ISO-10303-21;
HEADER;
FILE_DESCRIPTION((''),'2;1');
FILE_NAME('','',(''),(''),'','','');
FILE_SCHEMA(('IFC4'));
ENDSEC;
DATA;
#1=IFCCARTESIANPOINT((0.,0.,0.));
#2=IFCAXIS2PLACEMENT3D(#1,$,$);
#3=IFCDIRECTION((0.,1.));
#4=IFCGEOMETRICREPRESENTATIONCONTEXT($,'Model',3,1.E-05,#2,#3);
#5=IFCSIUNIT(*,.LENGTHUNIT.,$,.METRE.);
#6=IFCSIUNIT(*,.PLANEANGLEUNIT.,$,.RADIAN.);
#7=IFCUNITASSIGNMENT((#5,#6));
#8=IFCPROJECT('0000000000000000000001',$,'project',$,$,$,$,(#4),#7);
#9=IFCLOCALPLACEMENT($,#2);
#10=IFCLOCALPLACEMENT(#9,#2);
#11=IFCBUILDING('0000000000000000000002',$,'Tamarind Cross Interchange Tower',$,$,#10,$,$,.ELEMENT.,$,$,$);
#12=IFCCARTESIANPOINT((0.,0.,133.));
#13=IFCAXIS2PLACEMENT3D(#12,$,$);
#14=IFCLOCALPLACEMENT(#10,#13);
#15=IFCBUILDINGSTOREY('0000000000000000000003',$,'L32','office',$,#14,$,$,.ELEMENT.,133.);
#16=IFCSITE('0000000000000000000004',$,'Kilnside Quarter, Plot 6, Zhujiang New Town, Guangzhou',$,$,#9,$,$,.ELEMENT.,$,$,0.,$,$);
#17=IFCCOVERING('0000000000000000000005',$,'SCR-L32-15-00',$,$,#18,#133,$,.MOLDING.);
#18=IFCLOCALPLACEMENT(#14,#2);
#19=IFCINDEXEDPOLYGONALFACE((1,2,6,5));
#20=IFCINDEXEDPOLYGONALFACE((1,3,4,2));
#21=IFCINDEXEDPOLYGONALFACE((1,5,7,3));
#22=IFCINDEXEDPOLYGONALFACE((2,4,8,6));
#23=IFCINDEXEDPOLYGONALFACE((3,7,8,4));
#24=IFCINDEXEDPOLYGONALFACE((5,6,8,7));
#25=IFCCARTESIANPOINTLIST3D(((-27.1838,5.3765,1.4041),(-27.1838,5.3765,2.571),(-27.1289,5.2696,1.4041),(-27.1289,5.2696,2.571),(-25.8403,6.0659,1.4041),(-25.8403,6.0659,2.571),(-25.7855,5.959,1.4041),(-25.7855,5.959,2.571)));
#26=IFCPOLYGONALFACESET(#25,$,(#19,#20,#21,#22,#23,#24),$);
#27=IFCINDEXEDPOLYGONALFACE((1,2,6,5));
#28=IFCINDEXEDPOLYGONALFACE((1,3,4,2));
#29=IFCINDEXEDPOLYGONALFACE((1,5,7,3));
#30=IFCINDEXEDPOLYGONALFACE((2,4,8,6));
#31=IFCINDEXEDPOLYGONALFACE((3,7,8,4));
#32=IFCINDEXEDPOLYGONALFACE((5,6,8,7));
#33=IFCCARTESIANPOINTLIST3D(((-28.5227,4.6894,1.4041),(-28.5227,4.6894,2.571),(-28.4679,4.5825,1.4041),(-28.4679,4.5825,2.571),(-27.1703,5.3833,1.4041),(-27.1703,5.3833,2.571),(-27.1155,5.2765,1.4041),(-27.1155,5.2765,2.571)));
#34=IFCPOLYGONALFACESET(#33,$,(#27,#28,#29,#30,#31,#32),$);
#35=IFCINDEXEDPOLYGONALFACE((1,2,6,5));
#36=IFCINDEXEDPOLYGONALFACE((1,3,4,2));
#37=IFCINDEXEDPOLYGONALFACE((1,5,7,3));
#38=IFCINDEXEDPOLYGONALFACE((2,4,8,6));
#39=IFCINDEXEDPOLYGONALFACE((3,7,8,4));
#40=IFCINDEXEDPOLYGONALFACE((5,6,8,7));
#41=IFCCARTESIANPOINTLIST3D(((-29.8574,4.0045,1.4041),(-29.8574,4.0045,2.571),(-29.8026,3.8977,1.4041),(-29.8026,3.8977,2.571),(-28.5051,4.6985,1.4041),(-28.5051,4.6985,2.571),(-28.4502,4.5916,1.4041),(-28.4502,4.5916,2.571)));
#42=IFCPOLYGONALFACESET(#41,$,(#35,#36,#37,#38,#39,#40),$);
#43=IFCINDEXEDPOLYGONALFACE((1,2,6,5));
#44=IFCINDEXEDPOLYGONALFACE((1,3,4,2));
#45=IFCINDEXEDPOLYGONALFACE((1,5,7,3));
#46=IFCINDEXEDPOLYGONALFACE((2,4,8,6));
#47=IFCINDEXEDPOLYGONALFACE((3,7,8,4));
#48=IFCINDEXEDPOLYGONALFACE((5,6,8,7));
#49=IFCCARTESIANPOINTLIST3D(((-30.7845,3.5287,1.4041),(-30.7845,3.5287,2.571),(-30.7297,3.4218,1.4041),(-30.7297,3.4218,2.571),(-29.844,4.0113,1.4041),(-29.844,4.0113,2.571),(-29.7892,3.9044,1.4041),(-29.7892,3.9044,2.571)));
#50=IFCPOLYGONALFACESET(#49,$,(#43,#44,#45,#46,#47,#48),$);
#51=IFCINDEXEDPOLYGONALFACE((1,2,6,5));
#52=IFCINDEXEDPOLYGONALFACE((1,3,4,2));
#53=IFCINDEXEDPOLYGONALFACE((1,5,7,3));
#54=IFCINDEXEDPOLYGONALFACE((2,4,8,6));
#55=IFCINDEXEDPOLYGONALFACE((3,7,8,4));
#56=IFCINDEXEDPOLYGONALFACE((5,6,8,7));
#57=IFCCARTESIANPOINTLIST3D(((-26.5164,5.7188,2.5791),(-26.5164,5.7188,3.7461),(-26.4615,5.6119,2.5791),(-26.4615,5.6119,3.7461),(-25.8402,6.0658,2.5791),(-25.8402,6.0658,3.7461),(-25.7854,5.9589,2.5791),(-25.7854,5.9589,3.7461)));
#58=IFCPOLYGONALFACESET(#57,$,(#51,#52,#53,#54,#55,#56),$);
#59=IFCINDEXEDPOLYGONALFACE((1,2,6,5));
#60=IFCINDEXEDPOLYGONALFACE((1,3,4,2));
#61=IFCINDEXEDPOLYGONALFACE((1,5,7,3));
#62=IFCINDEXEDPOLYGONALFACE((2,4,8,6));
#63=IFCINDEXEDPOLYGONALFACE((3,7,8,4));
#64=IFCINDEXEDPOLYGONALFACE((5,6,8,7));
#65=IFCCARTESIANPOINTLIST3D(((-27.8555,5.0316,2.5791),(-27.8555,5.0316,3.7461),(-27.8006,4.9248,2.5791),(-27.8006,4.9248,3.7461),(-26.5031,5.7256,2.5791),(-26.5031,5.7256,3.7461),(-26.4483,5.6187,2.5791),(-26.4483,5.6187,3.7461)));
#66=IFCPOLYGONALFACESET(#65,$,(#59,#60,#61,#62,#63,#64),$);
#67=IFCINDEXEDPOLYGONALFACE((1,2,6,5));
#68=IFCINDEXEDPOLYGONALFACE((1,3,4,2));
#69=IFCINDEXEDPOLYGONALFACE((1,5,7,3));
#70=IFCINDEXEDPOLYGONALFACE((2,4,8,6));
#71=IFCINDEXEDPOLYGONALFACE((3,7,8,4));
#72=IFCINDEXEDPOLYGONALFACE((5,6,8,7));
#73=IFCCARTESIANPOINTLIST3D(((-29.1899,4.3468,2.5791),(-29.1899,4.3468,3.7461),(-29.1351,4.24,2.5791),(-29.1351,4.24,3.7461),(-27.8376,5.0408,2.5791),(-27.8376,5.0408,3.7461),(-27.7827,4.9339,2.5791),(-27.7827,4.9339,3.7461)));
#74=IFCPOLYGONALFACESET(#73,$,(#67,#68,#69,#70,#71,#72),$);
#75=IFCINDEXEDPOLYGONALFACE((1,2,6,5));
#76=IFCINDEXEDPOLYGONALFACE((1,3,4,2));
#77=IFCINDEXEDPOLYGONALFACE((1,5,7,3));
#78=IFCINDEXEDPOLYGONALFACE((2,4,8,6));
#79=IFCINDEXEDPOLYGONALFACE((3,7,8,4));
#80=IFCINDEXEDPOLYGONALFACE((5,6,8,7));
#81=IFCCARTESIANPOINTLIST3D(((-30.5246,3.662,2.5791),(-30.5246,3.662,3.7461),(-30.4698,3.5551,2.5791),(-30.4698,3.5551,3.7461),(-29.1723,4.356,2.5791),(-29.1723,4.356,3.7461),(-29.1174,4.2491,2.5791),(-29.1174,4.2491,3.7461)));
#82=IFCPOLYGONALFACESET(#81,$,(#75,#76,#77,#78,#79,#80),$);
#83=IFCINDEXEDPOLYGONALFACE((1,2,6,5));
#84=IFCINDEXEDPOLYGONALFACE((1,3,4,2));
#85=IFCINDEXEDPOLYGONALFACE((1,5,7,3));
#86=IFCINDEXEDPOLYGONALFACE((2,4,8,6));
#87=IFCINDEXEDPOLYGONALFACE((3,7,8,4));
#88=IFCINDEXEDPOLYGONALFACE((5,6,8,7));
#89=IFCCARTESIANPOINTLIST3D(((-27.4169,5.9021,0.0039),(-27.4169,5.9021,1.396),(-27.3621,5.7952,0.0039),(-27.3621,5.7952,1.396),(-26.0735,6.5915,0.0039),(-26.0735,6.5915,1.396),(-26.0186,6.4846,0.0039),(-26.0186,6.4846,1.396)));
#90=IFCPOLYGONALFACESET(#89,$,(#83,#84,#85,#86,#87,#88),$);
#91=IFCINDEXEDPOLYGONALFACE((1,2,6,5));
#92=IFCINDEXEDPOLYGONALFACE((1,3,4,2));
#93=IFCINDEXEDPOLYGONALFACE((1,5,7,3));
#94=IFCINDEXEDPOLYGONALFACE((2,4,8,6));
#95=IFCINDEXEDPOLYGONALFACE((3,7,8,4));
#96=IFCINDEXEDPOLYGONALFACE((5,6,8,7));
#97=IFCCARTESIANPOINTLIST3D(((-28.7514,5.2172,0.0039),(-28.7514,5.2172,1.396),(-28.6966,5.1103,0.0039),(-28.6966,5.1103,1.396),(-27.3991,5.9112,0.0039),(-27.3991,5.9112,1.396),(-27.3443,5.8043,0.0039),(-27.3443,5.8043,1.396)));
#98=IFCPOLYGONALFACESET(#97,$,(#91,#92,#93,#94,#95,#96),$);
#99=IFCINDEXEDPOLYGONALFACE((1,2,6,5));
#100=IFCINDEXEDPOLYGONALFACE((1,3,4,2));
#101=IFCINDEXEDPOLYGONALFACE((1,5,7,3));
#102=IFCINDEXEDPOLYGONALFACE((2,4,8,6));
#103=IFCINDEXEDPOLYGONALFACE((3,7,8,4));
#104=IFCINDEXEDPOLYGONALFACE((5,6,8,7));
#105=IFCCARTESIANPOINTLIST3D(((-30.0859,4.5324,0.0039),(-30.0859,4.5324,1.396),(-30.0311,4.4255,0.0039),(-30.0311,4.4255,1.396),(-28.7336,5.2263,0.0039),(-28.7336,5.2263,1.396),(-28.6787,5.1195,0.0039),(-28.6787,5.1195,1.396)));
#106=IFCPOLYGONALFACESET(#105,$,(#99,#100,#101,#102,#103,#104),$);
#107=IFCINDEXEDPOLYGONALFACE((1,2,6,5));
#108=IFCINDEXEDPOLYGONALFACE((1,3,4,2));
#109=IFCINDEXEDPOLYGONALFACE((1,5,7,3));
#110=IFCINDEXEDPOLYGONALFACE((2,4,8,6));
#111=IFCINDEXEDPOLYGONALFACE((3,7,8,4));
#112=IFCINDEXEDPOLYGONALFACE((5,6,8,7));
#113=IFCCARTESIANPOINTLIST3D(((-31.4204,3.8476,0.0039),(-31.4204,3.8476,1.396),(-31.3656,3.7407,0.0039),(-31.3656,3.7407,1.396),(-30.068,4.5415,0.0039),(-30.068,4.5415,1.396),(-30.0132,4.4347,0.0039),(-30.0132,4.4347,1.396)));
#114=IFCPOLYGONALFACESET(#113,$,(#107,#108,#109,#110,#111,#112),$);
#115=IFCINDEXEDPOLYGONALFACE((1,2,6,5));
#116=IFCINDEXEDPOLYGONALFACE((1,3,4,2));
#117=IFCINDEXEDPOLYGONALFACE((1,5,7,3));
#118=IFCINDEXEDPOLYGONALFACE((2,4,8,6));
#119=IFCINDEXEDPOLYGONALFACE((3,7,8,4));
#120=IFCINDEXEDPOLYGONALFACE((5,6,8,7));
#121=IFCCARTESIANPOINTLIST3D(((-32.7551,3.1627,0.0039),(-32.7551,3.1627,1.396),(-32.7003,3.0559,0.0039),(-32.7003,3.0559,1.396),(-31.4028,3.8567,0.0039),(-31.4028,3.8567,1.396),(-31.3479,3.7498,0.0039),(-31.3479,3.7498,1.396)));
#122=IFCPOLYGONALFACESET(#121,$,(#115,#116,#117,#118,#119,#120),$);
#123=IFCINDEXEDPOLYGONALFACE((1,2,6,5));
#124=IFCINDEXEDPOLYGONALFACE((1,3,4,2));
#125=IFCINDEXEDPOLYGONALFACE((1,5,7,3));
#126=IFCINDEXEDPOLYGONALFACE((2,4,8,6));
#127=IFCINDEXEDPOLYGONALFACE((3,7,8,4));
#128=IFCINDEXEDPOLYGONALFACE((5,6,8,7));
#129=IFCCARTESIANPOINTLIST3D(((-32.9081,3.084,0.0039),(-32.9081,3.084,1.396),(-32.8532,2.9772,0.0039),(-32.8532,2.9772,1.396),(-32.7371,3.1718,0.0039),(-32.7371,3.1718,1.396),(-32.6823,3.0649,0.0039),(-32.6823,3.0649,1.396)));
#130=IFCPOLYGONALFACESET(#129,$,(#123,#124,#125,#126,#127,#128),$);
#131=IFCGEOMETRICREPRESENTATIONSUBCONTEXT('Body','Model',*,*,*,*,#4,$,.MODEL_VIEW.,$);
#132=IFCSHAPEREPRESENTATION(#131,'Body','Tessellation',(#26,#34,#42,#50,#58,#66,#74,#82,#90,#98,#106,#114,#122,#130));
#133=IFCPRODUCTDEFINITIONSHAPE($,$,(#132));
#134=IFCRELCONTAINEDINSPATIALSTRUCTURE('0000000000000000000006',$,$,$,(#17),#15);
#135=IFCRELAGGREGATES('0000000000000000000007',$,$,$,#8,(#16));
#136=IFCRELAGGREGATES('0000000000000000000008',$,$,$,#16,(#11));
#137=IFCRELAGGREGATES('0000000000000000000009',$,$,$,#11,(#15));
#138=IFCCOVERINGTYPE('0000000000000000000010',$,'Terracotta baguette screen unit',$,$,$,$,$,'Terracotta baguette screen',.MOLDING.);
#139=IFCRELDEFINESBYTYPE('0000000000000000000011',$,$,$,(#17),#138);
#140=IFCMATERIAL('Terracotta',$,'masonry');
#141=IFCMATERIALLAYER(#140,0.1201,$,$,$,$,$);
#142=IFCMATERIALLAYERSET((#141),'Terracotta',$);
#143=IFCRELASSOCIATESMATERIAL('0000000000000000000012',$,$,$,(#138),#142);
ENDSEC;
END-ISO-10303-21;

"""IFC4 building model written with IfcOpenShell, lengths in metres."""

from ifc_helpers import new_model, si_unit, direction, frame, origin, origin_2d, place, context, subcontext, project, spatial, rectangle, extrude, material, layer, layer_set, type_object, element, save


model = new_model("IFC4")

# Units and contexts
model_context = context("Model", 3, precision=1e-05, world=origin(), true_north=direction((0.0, 1.0)))
body_context = subcontext(model_context, "Body", "Model", "MODEL_VIEW")
ifc_project = project(units=[si_unit("LENGTHUNIT", "METRE"), si_unit("PLANEANGLEUNIT", "RADIAN")], contexts=[model_context])

# Site, building, storey
site_placement = place(None, origin())
site = spatial("IfcSite", under=ifc_project, at=site_placement, Name="Kilnside Quarter, Plot 6, Zhujiang New Town, Guangzhou", CompositionType="ELEMENT", RefElevation=0.0)
building_placement = place(site_placement, origin())
building = spatial("IfcBuilding", under=site, at=building_placement, Name="Tamarind Cross Interchange Tower", CompositionType="ELEMENT")
storey_placement = place(building_placement, frame((0.0, 0.0, 133.0)))
storey = spatial("IfcBuildingStorey", under=building, at=storey_placement, Name="L32", Description="office", CompositionType="ELEMENT", Elevation=133.0)

# Covering
ifc_material_1 = material(Name="Terracotta", Category="masonry")
ifc_layer_1 = layer(ifc_material_1, 0.1201)
ifc_layer_set_1 = layer_set([ifc_layer_1], Name="Terracotta")
covering_type = type_object("IfcCoveringType", Name="Terracotta baguette screen unit", ElementType="Terracotta baguette screen", PredefinedType="MOLDING", material=ifc_layer_set_1)
covering_1_placement = place(storey_placement, origin())
element("IfcCovering", 1, at=covering_1_placement, inside=storey, type_object=covering_type, Name="SCR-L32-15-00", PredefinedType="MOLDING", context=body_context, shape_type="SweptSolid", body=[
    extrude(rectangle(XDim=1.51, YDim=0.1201, at=origin_2d()), frame((-26.4846, 5.6677, 1.4041), z_axis=(0.0, 0.0, 1.0), x_axis=(-0.889697, -0.456551, 0.0)), (0.0, 0.0, 1.0), 1.167),
    extrude(rectangle(XDim=1.52, YDim=0.1201, at=origin_2d()), frame((-27.8191, 4.9829, 1.4041), z_axis=(0.0, 0.0, 1.0), x_axis=(-0.889697, -0.456551, 0.0)), (0.0, 0.0, 1.0), 1.167),
    extrude(rectangle(XDim=1.52, YDim=0.1201, at=origin_2d()), frame((-29.1538, 4.2981, 1.4041), z_axis=(0.0, 0.0, 1.0), x_axis=(-0.889697, -0.456551, 0.0)), (0.0, 0.0, 1.0), 1.167),
    extrude(rectangle(XDim=1.0571, YDim=0.1201, at=origin_2d()), frame((-30.2869, 3.7166, 1.4041), z_axis=(0.0, 0.0, 1.0), x_axis=(-0.889697, -0.456551, 0.0)), (0.0, 0.0, 1.0), 1.167),
    extrude(rectangle(XDim=0.76, YDim=0.1201, at=origin_2d()), frame((-26.1509, 5.8389, 2.5791), z_axis=(0.0, 0.0, 1.0), x_axis=(-0.889697, -0.456551, 0.0)), (0.0, 0.0, 1.0), 1.167),
    extrude(rectangle(XDim=1.52, YDim=0.1201, at=origin_2d()), frame((-27.1519, 5.3252, 2.5791), z_axis=(0.0, 0.0, 1.0), x_axis=(-0.889697, -0.456551, 0.0)), (0.0, 0.0, 1.0), 1.167),
    extrude(rectangle(XDim=1.52, YDim=0.1201, at=origin_2d()), frame((-28.4863, 4.6404, 2.5791), z_axis=(0.0, 0.0, 1.0), x_axis=(-0.889697, -0.456551, 0.0)), (0.0, 0.0, 1.0), 1.167),
    extrude(rectangle(XDim=1.52, YDim=0.1201, at=origin_2d()), frame((-29.821, 3.9556, 2.5791), z_axis=(0.0, 0.0, 1.0), x_axis=(-0.889697, -0.456551, 0.0)), (0.0, 0.0, 1.0), 1.167),
    extrude(rectangle(XDim=1.51, YDim=0.1201, at=origin_2d()), frame((-26.7178, 6.1934, 0.0039), z_axis=(0.0, 0.0, 1.0), x_axis=(-0.889697, -0.456551, 0.0)), (0.0, 0.0, 1.0), 1.3921),
    extrude(rectangle(XDim=1.52, YDim=0.1201, at=origin_2d()), frame((-28.0479, 5.5107, 0.0039), z_axis=(0.0, 0.0, 1.0), x_axis=(-0.889697, -0.456551, 0.0)), (0.0, 0.0, 1.0), 1.3921),
    extrude(rectangle(XDim=1.52, YDim=0.1201, at=origin_2d()), frame((-29.3823, 4.8259, 0.0039), z_axis=(0.0, 0.0, 1.0), x_axis=(-0.889697, -0.456551, 0.0)), (0.0, 0.0, 1.0), 1.3921),
    extrude(rectangle(XDim=1.52, YDim=0.1201, at=origin_2d()), frame((-30.7168, 4.1411, 0.0039), z_axis=(0.0, 0.0, 1.0), x_axis=(-0.889697, -0.456551, 0.0)), (0.0, 0.0, 1.0), 1.3921),
    extrude(rectangle(XDim=1.52, YDim=0.1201, at=origin_2d()), frame((-32.0515, 3.4563, 0.0039), z_axis=(0.0, 0.0, 1.0), x_axis=(-0.889697, -0.456551, 0.0)), (0.0, 0.0, 1.0), 1.3921),
    extrude(rectangle(XDim=0.1921, YDim=0.1201, at=origin_2d()), frame((-32.7952, 3.0745, 0.0039), z_axis=(0.0, 0.0, 1.0), x_axis=(-0.889697, -0.456551, 0.0)), (0.0, 0.0, 1.0), 1.3921),
])

save(model, "model.ifc")
